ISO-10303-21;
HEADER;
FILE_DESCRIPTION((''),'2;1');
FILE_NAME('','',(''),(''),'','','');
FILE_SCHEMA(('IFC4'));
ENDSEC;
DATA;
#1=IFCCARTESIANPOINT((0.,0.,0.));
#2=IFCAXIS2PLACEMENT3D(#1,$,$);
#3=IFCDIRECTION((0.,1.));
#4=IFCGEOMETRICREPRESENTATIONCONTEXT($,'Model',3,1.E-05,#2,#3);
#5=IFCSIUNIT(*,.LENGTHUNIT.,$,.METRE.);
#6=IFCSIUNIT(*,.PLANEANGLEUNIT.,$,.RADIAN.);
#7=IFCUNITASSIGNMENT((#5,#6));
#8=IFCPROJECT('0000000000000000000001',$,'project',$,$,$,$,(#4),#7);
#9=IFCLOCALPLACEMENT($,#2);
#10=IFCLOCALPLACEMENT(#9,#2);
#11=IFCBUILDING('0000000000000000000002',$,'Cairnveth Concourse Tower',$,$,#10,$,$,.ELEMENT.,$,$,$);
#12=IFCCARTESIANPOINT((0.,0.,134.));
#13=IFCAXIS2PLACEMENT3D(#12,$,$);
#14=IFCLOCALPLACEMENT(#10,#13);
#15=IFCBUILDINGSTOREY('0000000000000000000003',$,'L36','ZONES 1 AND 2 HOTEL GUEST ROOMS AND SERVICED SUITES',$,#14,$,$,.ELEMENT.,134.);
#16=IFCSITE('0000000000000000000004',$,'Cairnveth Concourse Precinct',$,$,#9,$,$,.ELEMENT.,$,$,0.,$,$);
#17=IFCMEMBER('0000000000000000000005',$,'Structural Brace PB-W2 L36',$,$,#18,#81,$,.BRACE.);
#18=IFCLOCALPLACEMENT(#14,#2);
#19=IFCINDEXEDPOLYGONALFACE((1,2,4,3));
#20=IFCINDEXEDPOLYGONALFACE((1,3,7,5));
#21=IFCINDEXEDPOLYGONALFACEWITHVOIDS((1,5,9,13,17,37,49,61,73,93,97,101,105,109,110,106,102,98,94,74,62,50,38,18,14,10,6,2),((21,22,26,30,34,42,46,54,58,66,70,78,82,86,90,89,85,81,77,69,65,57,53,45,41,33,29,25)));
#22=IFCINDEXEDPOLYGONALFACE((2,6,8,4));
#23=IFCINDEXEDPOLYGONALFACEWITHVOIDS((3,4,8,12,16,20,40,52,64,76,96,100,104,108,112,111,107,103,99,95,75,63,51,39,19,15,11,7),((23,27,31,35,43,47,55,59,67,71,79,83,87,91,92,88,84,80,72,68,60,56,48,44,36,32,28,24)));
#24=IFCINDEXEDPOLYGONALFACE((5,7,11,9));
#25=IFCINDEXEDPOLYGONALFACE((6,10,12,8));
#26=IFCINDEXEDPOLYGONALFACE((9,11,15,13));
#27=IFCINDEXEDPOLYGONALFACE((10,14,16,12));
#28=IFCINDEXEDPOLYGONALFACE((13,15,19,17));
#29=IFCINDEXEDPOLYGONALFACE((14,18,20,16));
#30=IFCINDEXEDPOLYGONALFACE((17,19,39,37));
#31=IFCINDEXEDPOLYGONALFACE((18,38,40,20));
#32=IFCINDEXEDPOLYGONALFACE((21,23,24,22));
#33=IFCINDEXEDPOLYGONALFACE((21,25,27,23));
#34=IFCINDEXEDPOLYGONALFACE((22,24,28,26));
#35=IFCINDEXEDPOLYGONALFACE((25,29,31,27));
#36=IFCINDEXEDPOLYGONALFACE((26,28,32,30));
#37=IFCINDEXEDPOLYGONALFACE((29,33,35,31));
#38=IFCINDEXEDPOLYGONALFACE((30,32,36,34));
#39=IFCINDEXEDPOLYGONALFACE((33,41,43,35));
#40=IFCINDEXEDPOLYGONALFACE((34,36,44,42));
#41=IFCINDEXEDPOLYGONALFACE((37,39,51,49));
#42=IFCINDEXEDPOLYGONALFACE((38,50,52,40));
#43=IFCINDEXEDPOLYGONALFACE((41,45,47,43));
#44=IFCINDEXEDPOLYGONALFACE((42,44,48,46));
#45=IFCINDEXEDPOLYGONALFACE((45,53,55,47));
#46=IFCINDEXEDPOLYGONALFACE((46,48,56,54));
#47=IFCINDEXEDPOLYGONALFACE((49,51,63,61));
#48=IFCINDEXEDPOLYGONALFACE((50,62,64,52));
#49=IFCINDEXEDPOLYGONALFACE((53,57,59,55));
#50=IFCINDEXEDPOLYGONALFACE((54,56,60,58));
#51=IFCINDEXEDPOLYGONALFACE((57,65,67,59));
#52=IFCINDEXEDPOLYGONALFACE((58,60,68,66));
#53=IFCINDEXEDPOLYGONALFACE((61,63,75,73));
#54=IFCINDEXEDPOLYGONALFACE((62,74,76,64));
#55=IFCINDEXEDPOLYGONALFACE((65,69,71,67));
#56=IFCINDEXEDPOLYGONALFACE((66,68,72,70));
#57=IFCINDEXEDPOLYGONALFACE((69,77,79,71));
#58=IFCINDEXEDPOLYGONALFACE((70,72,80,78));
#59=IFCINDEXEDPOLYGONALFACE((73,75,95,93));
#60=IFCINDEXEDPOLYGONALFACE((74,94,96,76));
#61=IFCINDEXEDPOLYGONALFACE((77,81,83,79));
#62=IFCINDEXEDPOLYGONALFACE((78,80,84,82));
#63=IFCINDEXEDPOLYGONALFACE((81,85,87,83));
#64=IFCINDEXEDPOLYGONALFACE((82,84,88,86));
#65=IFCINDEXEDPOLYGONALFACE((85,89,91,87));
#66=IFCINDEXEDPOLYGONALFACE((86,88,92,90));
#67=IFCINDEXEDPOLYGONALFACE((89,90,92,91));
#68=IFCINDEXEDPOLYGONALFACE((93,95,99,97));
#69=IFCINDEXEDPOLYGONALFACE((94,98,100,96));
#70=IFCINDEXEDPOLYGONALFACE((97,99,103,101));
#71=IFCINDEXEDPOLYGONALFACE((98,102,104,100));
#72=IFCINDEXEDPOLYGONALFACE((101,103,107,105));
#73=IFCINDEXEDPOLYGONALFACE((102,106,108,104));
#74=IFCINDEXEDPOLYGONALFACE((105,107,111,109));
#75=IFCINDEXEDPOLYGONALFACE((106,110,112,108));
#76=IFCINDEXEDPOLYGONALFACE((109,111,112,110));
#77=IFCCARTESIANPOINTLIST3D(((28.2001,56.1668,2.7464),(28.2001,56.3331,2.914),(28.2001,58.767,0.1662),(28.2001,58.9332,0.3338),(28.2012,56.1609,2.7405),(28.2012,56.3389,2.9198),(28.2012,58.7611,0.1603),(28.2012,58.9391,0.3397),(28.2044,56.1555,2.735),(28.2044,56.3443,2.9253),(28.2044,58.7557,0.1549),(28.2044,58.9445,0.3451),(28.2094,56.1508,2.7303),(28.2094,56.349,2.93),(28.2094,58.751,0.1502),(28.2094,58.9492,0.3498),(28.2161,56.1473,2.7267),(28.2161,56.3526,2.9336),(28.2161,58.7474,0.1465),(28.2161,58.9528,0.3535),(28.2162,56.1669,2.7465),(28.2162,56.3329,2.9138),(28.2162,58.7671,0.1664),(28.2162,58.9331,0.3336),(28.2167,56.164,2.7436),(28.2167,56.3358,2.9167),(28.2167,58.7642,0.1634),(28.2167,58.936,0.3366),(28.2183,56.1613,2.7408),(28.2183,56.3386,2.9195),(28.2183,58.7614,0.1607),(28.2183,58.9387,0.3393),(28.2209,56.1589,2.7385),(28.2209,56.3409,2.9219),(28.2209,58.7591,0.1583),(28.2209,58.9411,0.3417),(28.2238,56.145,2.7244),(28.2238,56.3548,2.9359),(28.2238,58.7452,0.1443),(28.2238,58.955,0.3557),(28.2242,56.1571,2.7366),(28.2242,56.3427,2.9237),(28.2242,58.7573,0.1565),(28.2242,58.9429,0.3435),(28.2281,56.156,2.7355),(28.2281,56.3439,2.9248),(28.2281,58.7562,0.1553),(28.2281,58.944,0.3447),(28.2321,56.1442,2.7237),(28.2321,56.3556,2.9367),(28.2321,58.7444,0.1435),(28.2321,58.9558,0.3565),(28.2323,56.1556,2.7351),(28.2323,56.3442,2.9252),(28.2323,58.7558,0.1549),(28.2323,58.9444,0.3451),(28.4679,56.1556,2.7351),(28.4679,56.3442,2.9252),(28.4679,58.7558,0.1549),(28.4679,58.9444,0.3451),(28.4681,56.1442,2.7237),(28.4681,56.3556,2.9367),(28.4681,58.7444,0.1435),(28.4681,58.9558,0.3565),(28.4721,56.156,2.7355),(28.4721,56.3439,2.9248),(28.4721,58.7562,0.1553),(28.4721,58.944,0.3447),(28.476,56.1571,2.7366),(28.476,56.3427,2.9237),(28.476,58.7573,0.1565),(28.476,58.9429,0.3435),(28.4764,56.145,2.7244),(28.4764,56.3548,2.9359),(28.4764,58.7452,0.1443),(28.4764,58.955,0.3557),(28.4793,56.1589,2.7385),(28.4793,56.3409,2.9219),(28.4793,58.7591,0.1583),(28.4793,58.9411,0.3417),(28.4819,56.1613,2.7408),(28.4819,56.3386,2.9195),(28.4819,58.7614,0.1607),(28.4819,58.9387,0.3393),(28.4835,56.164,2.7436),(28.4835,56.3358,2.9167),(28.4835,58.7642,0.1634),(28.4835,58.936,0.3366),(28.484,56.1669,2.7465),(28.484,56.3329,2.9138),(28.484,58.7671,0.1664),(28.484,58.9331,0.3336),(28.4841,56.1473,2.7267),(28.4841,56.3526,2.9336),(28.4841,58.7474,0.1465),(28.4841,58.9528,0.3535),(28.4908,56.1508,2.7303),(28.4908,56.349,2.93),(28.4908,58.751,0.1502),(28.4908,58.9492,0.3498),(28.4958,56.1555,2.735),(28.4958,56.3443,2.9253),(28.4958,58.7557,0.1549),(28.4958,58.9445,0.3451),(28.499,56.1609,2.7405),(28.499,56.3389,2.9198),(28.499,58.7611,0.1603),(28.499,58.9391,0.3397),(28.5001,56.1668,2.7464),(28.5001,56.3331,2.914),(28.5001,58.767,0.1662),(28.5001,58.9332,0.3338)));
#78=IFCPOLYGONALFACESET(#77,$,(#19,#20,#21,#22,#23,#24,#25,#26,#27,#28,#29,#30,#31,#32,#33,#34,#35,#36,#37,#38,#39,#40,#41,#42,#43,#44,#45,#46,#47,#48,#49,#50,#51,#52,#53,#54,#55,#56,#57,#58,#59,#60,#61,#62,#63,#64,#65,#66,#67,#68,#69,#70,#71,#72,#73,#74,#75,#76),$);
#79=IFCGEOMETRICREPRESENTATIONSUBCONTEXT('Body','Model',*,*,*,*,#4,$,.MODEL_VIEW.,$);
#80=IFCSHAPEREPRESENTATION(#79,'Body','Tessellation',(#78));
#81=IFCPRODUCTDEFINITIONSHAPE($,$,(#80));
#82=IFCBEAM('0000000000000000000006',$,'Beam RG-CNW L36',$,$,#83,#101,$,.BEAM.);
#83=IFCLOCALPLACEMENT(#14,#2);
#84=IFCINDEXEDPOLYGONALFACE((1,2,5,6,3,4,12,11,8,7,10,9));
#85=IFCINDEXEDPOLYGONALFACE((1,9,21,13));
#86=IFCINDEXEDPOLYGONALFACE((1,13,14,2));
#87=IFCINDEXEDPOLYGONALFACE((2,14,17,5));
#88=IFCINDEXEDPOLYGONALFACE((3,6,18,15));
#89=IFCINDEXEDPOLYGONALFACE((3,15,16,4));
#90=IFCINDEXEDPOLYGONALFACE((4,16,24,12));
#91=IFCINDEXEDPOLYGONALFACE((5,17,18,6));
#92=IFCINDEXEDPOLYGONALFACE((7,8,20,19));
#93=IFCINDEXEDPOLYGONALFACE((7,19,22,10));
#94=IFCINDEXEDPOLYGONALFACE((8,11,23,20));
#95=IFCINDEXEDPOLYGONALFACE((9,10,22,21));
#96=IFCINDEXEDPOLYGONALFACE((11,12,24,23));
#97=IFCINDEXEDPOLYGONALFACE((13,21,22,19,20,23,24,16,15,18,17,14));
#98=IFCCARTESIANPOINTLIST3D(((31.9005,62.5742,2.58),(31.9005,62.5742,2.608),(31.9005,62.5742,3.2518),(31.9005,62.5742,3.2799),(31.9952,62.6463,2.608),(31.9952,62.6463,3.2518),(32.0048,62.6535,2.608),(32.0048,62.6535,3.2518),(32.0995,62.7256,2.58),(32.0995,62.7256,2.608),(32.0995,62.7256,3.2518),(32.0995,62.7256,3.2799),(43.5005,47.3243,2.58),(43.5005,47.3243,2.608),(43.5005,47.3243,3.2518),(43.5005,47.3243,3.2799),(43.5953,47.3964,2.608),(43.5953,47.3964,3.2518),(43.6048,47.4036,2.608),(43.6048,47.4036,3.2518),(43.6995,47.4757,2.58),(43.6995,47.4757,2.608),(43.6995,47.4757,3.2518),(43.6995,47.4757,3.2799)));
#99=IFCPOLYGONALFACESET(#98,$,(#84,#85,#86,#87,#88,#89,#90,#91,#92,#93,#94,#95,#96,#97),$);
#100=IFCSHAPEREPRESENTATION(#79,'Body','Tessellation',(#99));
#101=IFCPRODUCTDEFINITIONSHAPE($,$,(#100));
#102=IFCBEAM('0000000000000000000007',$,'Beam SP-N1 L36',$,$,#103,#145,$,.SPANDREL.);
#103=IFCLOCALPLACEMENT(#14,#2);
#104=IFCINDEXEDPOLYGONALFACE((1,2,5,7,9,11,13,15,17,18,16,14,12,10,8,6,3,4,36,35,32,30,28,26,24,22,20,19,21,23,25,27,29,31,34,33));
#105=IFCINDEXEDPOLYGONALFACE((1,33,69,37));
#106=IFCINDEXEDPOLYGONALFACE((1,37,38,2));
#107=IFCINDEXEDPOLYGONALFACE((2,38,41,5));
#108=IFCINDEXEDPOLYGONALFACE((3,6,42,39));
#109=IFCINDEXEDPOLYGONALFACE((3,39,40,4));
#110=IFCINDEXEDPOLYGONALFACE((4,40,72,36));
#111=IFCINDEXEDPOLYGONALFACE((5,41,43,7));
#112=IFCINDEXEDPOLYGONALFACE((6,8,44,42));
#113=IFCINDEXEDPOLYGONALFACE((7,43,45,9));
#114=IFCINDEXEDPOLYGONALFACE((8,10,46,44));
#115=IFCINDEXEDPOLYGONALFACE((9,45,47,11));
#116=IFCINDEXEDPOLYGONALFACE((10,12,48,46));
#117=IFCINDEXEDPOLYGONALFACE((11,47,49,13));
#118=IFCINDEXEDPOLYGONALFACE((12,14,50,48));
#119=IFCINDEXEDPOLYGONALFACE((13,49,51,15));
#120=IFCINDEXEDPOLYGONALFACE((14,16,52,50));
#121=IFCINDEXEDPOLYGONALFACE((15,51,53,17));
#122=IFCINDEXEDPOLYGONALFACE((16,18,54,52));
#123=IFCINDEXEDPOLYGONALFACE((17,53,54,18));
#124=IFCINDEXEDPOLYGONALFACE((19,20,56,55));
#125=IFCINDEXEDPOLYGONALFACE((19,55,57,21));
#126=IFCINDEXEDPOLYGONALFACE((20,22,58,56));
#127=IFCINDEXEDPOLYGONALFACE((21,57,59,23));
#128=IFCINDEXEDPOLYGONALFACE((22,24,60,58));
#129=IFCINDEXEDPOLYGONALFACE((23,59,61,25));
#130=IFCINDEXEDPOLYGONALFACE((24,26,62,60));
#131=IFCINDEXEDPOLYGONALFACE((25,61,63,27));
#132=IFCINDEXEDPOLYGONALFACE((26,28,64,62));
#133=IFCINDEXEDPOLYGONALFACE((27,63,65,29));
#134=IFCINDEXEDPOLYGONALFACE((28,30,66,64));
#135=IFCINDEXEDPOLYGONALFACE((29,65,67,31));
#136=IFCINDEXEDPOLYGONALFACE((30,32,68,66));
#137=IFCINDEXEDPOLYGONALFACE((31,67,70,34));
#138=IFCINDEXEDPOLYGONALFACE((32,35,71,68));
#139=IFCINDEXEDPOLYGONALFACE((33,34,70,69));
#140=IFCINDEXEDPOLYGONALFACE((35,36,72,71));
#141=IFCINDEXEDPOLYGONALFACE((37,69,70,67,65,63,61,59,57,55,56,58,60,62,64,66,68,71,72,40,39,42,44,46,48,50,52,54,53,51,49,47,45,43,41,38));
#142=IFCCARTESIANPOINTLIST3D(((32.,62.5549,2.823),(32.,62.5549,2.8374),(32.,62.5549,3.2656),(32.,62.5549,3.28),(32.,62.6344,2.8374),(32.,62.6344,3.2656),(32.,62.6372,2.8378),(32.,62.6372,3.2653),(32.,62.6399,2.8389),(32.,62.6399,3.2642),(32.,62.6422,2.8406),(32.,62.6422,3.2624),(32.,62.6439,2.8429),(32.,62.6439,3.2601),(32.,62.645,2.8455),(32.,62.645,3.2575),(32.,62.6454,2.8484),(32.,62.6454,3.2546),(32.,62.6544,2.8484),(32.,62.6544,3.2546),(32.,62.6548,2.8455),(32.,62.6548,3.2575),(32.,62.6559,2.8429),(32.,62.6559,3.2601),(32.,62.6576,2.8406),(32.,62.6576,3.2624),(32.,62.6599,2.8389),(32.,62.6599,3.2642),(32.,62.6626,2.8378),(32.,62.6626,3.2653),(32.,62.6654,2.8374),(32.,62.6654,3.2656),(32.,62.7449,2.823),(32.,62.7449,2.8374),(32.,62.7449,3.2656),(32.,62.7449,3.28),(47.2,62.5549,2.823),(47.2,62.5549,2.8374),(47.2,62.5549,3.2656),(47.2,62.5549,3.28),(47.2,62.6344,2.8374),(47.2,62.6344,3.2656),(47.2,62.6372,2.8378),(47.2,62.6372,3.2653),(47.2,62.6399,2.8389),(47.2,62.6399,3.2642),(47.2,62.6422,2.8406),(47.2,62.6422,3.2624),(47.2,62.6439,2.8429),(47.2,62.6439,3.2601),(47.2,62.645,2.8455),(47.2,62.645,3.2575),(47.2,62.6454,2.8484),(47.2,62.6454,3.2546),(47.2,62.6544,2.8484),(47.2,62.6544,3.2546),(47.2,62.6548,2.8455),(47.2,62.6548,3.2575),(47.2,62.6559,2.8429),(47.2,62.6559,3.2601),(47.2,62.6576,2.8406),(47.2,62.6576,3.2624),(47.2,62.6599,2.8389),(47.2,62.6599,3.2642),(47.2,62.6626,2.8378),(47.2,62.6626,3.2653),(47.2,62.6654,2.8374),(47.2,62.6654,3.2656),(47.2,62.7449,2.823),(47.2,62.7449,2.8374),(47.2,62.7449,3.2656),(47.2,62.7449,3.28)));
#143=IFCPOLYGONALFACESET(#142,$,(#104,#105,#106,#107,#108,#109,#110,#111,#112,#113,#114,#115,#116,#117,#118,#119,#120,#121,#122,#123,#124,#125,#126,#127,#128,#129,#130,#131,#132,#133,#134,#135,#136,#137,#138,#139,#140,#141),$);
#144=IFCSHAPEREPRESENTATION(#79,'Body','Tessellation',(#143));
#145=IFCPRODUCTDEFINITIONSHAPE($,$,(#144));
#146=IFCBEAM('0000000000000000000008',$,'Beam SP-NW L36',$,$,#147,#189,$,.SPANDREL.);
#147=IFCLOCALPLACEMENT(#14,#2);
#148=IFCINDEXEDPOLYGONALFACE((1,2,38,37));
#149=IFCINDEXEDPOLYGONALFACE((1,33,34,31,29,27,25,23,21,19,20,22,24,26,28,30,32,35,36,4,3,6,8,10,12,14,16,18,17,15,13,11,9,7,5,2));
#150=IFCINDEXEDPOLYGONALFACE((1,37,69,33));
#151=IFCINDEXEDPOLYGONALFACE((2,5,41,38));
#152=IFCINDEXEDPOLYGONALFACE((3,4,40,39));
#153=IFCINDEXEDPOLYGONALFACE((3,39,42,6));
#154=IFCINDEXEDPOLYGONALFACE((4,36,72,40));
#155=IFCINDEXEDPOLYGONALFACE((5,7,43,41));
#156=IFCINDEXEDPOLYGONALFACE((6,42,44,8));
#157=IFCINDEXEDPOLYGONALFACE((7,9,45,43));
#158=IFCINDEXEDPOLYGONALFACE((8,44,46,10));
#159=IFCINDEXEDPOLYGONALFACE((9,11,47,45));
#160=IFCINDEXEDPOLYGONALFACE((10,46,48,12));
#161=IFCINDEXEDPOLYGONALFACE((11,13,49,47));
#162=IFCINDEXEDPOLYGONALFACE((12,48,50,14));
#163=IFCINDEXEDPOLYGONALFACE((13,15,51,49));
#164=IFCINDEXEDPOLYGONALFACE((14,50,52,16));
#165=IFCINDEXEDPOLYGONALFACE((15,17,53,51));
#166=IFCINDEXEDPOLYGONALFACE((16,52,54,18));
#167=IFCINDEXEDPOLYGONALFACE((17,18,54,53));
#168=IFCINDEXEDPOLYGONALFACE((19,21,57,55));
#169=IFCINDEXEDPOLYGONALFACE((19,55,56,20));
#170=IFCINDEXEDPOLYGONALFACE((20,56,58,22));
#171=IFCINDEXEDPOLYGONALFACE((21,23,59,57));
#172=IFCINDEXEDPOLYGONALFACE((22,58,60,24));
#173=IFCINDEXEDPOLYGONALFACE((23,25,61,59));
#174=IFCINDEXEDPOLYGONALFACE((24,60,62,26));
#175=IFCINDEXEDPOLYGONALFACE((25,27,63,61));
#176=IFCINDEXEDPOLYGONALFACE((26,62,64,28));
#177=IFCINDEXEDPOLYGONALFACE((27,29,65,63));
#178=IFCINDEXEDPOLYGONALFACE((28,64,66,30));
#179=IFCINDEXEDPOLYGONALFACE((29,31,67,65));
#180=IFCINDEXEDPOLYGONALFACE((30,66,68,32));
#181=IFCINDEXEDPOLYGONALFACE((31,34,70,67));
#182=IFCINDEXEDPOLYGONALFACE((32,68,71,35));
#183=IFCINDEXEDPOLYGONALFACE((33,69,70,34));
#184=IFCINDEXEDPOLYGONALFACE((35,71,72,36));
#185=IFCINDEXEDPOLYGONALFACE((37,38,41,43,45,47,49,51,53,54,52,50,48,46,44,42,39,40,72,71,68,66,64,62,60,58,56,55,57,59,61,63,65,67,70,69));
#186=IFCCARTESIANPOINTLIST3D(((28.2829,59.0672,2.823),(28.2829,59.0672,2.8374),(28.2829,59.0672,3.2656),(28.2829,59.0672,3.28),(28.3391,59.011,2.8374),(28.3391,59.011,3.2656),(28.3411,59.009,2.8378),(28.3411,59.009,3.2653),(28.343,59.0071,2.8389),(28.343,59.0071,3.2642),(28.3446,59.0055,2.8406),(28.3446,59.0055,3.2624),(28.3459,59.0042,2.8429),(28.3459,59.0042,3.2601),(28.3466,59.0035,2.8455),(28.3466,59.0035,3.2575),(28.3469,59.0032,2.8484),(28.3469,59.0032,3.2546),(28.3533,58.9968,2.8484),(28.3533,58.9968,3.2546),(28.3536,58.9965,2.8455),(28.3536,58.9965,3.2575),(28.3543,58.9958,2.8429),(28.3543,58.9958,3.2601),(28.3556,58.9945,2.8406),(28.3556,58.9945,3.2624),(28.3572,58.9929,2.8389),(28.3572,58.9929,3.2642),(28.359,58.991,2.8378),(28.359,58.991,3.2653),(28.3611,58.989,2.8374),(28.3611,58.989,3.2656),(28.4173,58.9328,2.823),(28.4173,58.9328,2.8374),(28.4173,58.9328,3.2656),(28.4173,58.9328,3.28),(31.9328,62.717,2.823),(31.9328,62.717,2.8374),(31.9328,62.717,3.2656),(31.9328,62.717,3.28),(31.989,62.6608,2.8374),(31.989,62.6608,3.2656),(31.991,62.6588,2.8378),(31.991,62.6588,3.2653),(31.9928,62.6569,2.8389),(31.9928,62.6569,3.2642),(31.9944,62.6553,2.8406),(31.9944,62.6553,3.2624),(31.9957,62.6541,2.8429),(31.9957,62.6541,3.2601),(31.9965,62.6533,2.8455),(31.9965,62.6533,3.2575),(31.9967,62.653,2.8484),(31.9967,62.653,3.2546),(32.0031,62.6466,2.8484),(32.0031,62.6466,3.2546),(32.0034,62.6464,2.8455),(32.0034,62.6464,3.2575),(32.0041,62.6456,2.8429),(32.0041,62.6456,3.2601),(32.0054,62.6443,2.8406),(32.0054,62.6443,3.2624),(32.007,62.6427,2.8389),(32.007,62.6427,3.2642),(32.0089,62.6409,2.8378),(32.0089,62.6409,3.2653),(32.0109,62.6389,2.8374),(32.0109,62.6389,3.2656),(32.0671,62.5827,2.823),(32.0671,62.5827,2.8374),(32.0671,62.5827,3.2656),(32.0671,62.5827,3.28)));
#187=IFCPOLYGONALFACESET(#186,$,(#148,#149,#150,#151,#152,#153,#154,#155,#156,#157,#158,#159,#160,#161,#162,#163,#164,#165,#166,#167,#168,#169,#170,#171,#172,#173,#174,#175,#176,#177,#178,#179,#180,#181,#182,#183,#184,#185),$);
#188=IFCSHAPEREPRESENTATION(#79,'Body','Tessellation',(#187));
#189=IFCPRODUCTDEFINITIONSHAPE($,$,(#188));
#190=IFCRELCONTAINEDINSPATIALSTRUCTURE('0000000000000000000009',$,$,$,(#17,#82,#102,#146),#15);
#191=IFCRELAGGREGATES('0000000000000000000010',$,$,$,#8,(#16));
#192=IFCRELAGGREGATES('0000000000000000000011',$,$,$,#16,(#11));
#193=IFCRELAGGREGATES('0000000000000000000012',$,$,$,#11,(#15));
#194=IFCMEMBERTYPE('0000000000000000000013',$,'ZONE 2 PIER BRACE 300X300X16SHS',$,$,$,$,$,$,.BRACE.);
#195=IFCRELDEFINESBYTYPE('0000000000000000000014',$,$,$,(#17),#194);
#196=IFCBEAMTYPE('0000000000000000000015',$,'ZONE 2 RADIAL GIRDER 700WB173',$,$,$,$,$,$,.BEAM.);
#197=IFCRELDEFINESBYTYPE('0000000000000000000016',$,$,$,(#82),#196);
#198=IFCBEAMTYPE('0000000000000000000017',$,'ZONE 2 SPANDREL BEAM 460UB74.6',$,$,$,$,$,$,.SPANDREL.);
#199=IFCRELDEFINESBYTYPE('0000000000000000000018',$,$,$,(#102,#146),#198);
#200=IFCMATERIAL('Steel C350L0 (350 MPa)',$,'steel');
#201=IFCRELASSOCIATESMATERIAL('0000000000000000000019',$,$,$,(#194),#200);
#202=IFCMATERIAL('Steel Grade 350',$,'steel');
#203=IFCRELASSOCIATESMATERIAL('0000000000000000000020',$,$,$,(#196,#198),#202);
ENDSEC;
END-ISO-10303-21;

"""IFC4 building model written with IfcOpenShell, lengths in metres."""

from ifc_helpers import new_model, si_unit, direction, frame, origin, origin_2d, place, context, subcontext, project, spatial, hollow_rectangle, i_section, extrude, material, material_profile, profile_set, type_object, element, save


model = new_model("IFC4")

# Units and contexts
model_context = context("Model", 3, precision=1e-05, world=origin(), true_north=direction((0.0, 1.0)))
body_context = subcontext(model_context, "Body", "Model", "MODEL_VIEW")
ifc_project = project(units=[si_unit("LENGTHUNIT", "METRE"), si_unit("PLANEANGLEUNIT", "RADIAN")], contexts=[model_context])

# Site, building, storey
site_placement = place(None, origin())
site = spatial("IfcSite", under=ifc_project, at=site_placement, Name="Cairnveth Concourse Precinct", CompositionType="ELEMENT", RefElevation=0.0)
building_placement = place(site_placement, origin())
building = spatial("IfcBuilding", under=site, at=building_placement, Name="Cairnveth Concourse Tower", CompositionType="ELEMENT")
storey_placement = place(building_placement, frame((0.0, 0.0, 134.0)))
storey = spatial("IfcBuildingStorey", under=building, at=storey_placement, Name="L36", Description="ZONES 1 AND 2 HOTEL GUEST ROOMS AND SERVICED SUITES", CompositionType="ELEMENT", Elevation=134.0)

# Shared definitions
ifc_material_1 = material(Name="Steel Grade 350", Category="steel")

# Member
ifc_material_2 = material(Name="Steel C350L0 (350 MPa)", Category="steel")
ifc_material_profile_1 = material_profile(ifc_material_2, hollow_rectangle(XDim=0.3, YDim=0.3, WallThickness=0.0161, InnerFilletRadius=0.0161, OuterFilletRadius=0.032, at=origin_2d()), Name="300x300x16.0SHS")
ifc_profile_set_1 = profile_set([ifc_material_profile_1], Name="Steel C350L0 (350 MPa)")
member_type = type_object("IfcMemberType", Name="ZONE 2 PIER BRACE 300X300X16SHS", PredefinedType="BRACE", material=ifc_profile_set_1)
for number, where, z_axis, x_axis, name in (
    (1, (28.3501, 58.8501, 0.25), (0.0, -0.709834, 0.704369), (1.0, 0.0, 0.0), "Structural Brace PB-W2 L36"),
):
    element("IfcMember", number, at=place(storey_placement, frame(where, z_axis=z_axis, x_axis=x_axis)), inside=storey, type_object=member_type, Name=name, PredefinedType="BRACE", context=body_context, shape_type="SweptSolid", body=[
        extrude(hollow_rectangle(XDim=0.3, YDim=0.3, WallThickness=0.0161, InnerFilletRadius=0.0161, OuterFilletRadius=0.032, at=origin_2d()), origin(), (0.0, 0.0, 1.0), 3.6631),
    ])

# Beams
ifc_material_profile_2 = material_profile(ifc_material_1, i_section(OverallWidth=0.25, OverallDepth=0.7, WebThickness=0.012, FlangeThickness=0.0281, at=origin_2d()), Name="700WB173")
ifc_profile_set_2 = profile_set([ifc_material_profile_2], Name="Steel Grade 350")
beam_type_1 = type_object("IfcBeamType", Name="ZONE 2 RADIAL GIRDER 700WB173", PredefinedType="BEAM", material=ifc_profile_set_2)
beam_1_placement = place(storey_placement, frame((32.0, 62.6499, 2.9299), z_axis=(0.605417, -0.795908, 0.0), x_axis=(0.795908, 0.605417, 0.0)))
element("IfcBeam", 2, at=beam_1_placement, inside=storey, type_object=beam_type_1, Name="Beam RG-CNW L36", PredefinedType="BEAM", context=body_context, shape_type="SweptSolid", body=[
    extrude(i_section(OverallWidth=0.25, OverallDepth=0.7, WebThickness=0.012, FlangeThickness=0.0281, at=origin_2d()), origin(), (0.0, 0.0, 1.0), 19.1604),
])
ifc_material_profile_3 = material_profile(ifc_material_1, i_section(OverallWidth=0.1899, OverallDepth=0.457, WebThickness=0.009, FlangeThickness=0.0144, FilletRadius=0.011, at=origin_2d()), Name="460UB74.6")
ifc_profile_set_3 = profile_set([ifc_material_profile_3], Name="Steel Grade 350")
beam_type_2 = type_object("IfcBeamType", Name="ZONE 2 SPANDREL BEAM 460UB74.6", PredefinedType="SPANDREL", material=ifc_profile_set_3)
beam_2_placement = place(storey_placement, frame((32.0, 62.6499, 3.0515), z_axis=(1.0, 0.0, 0.0), x_axis=(0.0, 1.0, 0.0)))
element("IfcBeam", 3, at=beam_2_placement, inside=storey, type_object=beam_type_2, Name="Beam SP-N1 L36", PredefinedType="SPANDREL", context=body_context, shape_type="SweptSolid", body=[
    extrude(i_section(OverallWidth=0.1899, OverallDepth=0.457, WebThickness=0.009, FlangeThickness=0.0144, FilletRadius=0.011, at=origin_2d()), origin(), (0.0, 0.0, 1.0), 15.2),
])
beam_3_placement = place(storey_placement, frame((28.3501, 59.0, 3.0515), z_axis=(0.707107, 0.707107, 0.0), x_axis=(-0.707107, 0.707107, 0.0)))
element("IfcBeam", 4, at=beam_3_placement, inside=storey, type_object=beam_type_2, Name="Beam SP-NW L36", PredefinedType="SPANDREL", context=body_context, shape_type="SweptSolid", body=[
    extrude(i_section(OverallWidth=0.1899, OverallDepth=0.457, WebThickness=0.009, FlangeThickness=0.0144, FilletRadius=0.011, at=origin_2d()), origin(), (0.0, 0.0, 1.0), 5.1616),
])

save(model, "model.ifc")
